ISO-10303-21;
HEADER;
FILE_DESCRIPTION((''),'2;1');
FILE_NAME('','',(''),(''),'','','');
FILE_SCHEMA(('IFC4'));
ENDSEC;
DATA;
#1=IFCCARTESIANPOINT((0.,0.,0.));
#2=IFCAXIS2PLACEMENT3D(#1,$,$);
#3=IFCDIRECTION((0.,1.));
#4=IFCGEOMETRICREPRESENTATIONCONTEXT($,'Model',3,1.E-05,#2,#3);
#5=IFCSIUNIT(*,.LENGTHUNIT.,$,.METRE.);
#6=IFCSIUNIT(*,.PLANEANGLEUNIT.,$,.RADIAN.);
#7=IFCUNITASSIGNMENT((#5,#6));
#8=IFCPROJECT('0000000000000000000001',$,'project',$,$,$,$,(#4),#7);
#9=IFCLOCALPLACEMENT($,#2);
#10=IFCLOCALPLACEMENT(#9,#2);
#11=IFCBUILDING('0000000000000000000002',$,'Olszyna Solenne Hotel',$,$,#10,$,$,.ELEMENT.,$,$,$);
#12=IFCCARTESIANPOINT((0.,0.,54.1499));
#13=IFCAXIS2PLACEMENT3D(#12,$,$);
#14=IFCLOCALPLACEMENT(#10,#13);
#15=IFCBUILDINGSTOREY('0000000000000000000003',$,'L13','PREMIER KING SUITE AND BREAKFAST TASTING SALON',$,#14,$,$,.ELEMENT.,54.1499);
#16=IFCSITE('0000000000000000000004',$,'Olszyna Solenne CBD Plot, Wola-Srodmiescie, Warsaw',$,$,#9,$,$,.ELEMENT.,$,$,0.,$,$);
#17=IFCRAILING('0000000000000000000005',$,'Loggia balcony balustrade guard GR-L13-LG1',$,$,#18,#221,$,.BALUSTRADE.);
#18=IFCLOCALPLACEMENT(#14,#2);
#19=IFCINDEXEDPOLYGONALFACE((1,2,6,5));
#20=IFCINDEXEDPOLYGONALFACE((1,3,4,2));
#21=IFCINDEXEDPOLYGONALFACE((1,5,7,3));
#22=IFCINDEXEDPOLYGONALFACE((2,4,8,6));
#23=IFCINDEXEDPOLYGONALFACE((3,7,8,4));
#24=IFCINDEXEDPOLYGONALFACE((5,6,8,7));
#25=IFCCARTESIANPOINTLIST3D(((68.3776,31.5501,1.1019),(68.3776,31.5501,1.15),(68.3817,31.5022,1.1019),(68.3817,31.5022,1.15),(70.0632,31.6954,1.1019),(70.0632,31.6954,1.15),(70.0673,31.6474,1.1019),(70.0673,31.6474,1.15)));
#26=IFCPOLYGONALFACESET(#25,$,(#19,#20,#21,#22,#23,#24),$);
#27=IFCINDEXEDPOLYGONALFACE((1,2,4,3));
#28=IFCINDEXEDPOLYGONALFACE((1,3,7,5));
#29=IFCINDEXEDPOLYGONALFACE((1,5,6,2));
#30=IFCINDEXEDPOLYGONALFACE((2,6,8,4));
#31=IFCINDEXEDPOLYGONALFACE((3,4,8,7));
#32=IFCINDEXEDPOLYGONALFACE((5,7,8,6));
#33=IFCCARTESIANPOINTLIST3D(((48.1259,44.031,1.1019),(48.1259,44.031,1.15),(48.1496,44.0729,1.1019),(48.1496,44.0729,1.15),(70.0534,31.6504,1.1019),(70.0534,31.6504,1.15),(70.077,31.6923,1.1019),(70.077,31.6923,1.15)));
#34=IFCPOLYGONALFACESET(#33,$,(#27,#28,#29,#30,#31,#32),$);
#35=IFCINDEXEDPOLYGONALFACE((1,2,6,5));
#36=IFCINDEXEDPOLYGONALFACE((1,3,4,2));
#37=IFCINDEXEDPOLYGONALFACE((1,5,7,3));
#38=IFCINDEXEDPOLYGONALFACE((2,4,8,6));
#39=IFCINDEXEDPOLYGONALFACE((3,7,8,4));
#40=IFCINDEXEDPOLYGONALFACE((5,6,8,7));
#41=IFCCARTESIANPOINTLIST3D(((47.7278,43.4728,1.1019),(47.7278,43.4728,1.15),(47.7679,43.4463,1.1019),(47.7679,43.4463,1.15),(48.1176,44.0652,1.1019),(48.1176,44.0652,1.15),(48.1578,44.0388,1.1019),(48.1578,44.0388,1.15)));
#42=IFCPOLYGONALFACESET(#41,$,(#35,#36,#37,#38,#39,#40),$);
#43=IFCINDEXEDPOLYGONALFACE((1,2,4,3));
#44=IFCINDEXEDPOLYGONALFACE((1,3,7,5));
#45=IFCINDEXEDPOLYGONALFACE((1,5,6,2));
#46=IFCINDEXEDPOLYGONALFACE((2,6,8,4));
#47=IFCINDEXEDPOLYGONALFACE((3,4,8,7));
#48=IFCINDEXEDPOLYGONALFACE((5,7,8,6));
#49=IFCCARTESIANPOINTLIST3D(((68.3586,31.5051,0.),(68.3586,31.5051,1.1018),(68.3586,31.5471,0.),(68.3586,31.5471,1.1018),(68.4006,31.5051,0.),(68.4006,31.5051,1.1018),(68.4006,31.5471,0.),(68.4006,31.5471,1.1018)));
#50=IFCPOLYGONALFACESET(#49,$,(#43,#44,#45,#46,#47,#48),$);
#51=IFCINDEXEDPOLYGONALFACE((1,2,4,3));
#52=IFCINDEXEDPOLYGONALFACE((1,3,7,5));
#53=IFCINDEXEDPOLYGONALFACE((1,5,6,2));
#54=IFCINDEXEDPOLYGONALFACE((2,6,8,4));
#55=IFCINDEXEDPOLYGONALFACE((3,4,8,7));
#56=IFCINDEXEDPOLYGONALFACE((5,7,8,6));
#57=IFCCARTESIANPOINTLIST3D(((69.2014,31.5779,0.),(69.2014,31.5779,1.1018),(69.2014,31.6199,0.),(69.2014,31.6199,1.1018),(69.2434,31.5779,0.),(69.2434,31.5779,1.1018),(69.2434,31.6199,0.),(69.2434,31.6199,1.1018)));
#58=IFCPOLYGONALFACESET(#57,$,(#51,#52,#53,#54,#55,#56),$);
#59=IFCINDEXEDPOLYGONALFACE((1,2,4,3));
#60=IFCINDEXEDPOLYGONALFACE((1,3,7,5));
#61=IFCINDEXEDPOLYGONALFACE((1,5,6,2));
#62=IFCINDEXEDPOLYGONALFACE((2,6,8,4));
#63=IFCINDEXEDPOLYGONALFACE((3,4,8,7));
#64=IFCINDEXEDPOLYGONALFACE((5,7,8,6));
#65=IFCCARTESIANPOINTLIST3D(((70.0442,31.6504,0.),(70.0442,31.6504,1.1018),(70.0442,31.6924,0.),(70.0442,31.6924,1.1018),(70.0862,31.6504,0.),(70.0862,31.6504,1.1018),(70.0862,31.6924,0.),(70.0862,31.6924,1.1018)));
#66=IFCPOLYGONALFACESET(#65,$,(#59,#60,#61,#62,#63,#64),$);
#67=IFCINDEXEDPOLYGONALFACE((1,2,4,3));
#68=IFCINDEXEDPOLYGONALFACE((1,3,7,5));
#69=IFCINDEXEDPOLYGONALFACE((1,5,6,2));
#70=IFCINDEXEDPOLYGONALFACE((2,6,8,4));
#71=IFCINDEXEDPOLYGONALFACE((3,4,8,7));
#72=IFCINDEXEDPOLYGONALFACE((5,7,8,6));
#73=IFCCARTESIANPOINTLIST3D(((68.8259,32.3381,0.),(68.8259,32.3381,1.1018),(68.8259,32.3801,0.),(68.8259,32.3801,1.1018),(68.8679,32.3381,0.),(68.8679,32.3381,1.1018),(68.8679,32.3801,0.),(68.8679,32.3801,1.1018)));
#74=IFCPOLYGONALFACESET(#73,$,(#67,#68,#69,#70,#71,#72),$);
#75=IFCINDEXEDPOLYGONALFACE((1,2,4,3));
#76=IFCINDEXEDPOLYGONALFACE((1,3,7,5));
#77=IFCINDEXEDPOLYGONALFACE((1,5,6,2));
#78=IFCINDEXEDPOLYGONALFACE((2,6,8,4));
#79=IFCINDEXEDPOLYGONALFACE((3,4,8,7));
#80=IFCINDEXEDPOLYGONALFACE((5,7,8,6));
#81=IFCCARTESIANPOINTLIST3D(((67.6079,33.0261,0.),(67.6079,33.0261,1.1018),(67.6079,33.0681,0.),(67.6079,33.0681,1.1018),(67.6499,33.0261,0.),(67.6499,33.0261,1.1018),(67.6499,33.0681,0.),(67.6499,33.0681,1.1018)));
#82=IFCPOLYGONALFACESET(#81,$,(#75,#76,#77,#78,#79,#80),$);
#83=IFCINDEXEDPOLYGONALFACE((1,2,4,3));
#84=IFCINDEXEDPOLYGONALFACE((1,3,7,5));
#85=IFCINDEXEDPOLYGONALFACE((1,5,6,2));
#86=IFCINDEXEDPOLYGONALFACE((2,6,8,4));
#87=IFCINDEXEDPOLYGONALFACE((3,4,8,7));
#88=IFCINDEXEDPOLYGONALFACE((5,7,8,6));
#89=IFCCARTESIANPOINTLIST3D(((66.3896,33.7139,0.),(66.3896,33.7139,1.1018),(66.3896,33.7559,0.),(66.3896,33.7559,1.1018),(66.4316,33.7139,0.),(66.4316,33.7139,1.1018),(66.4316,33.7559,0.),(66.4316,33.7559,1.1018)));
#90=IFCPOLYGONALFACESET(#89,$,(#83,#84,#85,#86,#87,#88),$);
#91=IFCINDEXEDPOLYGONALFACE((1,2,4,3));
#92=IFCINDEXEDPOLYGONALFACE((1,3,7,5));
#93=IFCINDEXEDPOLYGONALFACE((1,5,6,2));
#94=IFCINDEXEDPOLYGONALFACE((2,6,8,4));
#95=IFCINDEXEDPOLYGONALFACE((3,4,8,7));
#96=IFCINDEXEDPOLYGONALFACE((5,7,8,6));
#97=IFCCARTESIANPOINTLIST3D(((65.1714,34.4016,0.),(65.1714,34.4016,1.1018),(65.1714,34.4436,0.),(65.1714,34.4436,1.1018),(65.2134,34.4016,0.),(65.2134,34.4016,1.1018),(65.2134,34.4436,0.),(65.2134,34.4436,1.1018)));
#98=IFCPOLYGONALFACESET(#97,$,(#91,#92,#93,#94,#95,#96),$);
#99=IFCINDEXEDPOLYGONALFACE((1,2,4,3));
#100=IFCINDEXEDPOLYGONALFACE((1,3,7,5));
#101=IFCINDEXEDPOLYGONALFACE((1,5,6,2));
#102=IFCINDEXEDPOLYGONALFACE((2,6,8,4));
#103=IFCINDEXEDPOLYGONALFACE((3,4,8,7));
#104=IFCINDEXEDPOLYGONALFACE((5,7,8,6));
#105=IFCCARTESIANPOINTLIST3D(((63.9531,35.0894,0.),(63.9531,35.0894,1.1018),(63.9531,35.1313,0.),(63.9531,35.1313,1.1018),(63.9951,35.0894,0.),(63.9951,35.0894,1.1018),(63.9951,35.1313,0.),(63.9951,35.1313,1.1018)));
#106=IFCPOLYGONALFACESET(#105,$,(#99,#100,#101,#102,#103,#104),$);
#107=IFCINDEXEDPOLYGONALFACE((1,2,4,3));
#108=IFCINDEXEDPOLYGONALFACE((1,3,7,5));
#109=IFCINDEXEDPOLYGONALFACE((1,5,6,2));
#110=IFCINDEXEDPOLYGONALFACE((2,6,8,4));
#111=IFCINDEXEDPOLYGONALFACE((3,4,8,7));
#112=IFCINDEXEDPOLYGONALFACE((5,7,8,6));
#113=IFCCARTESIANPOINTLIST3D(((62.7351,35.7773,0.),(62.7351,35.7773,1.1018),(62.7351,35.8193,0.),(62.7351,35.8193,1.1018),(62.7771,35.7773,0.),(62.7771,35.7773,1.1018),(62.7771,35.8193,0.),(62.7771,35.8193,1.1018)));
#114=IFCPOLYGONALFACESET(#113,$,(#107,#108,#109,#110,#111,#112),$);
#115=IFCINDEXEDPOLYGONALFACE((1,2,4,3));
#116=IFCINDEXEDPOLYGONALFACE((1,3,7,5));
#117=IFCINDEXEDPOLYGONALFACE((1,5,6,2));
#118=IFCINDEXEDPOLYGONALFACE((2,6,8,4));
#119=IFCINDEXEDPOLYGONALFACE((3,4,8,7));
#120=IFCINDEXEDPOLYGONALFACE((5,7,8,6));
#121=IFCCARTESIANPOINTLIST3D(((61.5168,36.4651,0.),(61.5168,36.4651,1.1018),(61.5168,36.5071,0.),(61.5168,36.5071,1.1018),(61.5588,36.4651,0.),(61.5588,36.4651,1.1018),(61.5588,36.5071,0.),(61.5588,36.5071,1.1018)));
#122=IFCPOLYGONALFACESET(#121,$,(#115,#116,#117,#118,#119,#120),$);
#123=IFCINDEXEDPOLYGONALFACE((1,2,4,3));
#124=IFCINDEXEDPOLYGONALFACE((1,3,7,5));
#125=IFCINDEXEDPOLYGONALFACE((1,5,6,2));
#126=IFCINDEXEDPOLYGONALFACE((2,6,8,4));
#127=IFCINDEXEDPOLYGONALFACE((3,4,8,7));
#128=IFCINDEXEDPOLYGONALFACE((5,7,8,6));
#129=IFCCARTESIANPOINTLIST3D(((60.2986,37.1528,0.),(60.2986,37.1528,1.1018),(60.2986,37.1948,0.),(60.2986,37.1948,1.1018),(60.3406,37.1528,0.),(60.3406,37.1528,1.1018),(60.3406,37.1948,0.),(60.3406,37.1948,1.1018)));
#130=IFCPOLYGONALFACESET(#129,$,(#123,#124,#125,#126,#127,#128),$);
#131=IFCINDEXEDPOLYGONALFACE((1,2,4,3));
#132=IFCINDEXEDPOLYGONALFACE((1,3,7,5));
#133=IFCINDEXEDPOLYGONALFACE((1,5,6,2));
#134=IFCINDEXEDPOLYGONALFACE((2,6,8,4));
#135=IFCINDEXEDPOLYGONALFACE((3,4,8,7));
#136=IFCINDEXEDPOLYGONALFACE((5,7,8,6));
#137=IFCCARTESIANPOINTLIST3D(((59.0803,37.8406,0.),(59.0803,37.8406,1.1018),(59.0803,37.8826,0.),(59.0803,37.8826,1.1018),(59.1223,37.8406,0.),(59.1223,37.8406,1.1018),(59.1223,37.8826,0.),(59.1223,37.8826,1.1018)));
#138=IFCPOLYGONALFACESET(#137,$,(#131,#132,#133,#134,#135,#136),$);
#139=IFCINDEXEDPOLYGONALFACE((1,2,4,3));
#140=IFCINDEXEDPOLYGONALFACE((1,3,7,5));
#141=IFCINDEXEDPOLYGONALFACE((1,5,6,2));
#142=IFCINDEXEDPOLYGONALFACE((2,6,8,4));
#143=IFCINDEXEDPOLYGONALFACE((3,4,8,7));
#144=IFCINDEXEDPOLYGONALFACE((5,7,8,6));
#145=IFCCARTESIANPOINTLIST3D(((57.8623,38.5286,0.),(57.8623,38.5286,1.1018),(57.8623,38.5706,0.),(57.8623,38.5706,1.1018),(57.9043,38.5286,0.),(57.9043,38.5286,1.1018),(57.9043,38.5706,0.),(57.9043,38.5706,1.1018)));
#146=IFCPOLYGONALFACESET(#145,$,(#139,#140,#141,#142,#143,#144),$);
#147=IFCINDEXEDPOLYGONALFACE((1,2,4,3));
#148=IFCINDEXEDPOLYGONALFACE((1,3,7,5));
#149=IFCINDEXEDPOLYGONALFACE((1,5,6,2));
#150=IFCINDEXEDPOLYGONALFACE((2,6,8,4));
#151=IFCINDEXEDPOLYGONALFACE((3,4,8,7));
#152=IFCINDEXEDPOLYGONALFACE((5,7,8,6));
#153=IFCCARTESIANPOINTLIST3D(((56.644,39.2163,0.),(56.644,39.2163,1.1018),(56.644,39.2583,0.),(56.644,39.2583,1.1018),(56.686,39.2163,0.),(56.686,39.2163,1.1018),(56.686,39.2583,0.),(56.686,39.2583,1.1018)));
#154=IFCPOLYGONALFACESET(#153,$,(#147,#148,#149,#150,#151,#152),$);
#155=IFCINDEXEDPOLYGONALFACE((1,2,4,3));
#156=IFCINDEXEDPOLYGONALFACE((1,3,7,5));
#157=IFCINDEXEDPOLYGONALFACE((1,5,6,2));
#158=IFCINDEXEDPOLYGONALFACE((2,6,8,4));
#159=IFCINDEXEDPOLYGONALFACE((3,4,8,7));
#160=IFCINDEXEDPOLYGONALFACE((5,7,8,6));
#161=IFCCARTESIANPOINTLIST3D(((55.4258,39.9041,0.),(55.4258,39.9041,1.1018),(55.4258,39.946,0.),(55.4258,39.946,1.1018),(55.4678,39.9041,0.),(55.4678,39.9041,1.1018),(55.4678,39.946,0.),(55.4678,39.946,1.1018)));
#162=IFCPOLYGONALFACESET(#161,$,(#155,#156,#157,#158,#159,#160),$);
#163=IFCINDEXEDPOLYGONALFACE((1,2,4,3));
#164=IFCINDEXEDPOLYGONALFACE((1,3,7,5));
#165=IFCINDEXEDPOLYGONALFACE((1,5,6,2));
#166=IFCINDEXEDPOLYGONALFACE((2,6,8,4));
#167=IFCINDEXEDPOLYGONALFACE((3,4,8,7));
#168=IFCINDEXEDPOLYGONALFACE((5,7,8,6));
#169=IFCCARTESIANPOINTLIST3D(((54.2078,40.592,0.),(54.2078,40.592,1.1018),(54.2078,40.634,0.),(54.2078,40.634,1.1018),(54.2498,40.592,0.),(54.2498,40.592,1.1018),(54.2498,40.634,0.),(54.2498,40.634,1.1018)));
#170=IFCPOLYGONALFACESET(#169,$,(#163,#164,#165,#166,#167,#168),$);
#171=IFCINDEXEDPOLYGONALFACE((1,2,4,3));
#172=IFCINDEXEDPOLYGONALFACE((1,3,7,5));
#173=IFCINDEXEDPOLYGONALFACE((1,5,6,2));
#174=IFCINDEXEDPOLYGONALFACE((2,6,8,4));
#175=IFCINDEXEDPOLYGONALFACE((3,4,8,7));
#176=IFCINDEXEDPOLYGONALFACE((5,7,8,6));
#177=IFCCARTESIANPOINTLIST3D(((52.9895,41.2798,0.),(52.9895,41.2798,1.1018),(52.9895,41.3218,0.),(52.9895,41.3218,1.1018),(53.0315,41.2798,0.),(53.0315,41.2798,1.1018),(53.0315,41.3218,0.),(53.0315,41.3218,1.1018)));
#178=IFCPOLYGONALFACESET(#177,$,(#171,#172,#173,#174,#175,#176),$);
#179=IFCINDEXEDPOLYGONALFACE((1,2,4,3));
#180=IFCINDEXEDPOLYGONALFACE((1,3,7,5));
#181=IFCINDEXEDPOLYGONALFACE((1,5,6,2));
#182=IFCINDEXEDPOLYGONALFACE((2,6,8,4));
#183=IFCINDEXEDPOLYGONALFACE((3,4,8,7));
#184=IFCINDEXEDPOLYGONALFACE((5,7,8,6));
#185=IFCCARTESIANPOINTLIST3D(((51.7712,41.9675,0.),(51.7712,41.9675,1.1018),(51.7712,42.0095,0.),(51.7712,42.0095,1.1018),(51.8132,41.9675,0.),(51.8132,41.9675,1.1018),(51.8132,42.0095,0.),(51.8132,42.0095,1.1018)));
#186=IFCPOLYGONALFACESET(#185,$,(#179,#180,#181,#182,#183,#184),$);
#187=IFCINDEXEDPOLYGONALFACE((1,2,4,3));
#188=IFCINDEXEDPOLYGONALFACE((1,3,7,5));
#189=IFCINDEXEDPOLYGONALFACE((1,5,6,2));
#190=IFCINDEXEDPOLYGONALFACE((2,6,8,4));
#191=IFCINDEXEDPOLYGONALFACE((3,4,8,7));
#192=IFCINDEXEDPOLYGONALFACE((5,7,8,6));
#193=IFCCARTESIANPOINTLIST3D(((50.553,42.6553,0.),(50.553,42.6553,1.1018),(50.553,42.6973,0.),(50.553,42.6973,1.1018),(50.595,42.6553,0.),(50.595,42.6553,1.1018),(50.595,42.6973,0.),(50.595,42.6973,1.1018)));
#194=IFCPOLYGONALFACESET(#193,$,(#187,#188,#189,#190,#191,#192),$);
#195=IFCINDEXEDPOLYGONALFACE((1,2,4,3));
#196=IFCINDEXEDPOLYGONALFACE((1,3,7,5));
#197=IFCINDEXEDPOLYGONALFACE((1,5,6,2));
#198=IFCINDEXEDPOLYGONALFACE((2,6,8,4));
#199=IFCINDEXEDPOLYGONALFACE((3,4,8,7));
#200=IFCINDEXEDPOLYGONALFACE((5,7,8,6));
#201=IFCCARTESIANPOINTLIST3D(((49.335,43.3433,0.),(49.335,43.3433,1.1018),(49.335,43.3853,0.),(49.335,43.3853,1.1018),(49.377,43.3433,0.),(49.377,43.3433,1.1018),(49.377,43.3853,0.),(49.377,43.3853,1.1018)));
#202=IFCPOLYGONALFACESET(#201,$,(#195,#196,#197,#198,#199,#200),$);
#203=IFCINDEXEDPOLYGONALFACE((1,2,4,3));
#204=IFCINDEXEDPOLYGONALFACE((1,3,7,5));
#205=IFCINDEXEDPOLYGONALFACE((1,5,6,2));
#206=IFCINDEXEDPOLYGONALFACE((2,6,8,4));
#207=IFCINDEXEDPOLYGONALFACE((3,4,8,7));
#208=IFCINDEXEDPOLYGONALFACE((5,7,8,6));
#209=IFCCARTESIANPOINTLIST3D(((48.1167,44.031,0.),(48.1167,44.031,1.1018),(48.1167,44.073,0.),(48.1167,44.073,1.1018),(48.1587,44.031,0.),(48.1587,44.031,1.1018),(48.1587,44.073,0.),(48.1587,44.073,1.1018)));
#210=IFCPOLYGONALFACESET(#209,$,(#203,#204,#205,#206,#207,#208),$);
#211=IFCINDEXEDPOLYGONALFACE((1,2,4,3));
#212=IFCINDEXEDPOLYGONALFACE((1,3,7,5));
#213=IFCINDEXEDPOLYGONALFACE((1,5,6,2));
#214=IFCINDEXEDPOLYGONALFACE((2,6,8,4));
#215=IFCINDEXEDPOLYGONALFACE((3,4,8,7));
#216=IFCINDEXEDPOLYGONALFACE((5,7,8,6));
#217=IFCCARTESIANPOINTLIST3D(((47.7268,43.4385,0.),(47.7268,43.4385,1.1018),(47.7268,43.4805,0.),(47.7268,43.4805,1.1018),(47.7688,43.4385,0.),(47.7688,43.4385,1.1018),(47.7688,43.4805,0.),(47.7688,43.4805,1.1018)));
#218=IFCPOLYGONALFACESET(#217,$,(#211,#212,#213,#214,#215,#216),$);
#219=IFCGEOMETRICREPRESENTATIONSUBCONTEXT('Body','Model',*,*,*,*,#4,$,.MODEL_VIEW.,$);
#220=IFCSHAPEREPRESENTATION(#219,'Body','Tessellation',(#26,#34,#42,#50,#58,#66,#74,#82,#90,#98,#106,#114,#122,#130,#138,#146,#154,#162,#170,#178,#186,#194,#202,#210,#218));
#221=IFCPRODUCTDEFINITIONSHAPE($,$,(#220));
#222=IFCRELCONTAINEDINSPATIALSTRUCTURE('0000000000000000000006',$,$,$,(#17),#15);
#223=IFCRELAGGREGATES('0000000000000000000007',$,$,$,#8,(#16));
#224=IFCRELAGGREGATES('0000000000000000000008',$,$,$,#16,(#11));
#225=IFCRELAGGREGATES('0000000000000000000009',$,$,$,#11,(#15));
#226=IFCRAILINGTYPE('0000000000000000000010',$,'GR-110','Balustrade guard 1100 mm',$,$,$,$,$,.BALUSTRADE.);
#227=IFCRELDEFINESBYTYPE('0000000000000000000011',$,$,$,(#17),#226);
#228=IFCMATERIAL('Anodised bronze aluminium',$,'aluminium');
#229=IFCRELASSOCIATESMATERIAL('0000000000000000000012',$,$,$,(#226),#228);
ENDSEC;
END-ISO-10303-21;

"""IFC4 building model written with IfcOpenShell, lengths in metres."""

from ifc_helpers import new_model, si_unit, direction, frame, origin, origin_2d, place, context, subcontext, project, spatial, rectangle, extrude, material, type_object, element, save


model = new_model("IFC4")

# Units and contexts
model_context = context("Model", 3, precision=1e-05, world=origin(), true_north=direction((0.0, 1.0)))
body_context = subcontext(model_context, "Body", "Model", "MODEL_VIEW")
ifc_project = project(units=[si_unit("LENGTHUNIT", "METRE"), si_unit("PLANEANGLEUNIT", "RADIAN")], contexts=[model_context])

# Site, building, storey
site_placement = place(None, origin())
site = spatial("IfcSite", under=ifc_project, at=site_placement, Name="Olszyna Solenne CBD Plot, Wola-Srodmiescie, Warsaw", CompositionType="ELEMENT", RefElevation=0.0)
building_placement = place(site_placement, origin())
building = spatial("IfcBuilding", under=site, at=building_placement, Name="Olszyna Solenne Hotel", CompositionType="ELEMENT")
storey_placement = place(building_placement, frame((0.0, 0.0, 54.1499)))
storey = spatial("IfcBuildingStorey", under=building, at=storey_placement, Name="L13", Description="PREMIER KING SUITE AND BREAKFAST TASTING SALON", CompositionType="ELEMENT", Elevation=54.1499)

# Shared definitions
ifc_material_1 = material(Name="Anodised bronze aluminium", Category="aluminium")

# Railing
railing_type = type_object("IfcRailingType", Name="GR-110", Description="Balustrade guard 1100 mm", PredefinedType="BALUSTRADE", material=ifc_material_1)
railing_placement = place(storey_placement, frame((68.3796, 31.5261, 0.0)))
element("IfcRailing", 1, at=railing_placement, inside=storey, type_object=railing_type, Name="Loggia balcony balustrade guard GR-L13-LG1", PredefinedType="BALUSTRADE", context=body_context, shape_type="SweptSolid", body=[
    extrude(rectangle(XDim=0.0481, YDim=0.0481, at=origin_2d()), frame((0.0, 0.0, 1.126), z_axis=(0.996307, 0.085864, 0.0), x_axis=(-0.085864, 0.996307, 0.0)), (0.0, 0.0, 1.0), 1.6919),
    extrude(rectangle(XDim=0.0481, YDim=0.0481, at=origin_2d()), frame((1.6855, 0.1453, 1.126), z_axis=(-0.870787, 0.49166, 0.0), x_axis=(-0.49166, -0.870787, 0.0)), (0.0, 0.0, 1.0), 25.1812),
    extrude(rectangle(XDim=0.0481, YDim=0.0481, at=origin_2d()), frame((-20.2419, 12.5259, 1.126), z_axis=(-0.549686, -0.835371, 0.0), x_axis=(0.835371, -0.549686, 0.0)), (0.0, 0.0, 1.0), 0.7092),
    extrude(rectangle(XDim=0.042, YDim=0.042, at=origin_2d()), origin(), (0.0, 0.0, 1.0), 1.1018),
    extrude(rectangle(XDim=0.042, YDim=0.042, at=origin_2d()), frame((0.8428, 0.0728, 0.0)), (0.0, 0.0, 1.0), 1.1018),
    extrude(rectangle(XDim=0.042, YDim=0.042, at=origin_2d()), frame((1.6855, 0.1453, 0.0)), (0.0, 0.0, 1.0), 1.1018),
    extrude(rectangle(XDim=0.042, YDim=0.042, at=origin_2d()), frame((0.4673, 0.833, 0.0)), (0.0, 0.0, 1.0), 1.1018),
    extrude(rectangle(XDim=0.042, YDim=0.042, at=origin_2d()), frame((-0.7507, 1.521, 0.0)), (0.0, 0.0, 1.0), 1.1018),
    extrude(rectangle(XDim=0.042, YDim=0.042, at=origin_2d()), frame((-1.969, 2.2087, 0.0)), (0.0, 0.0, 1.0), 1.1018),
    extrude(rectangle(XDim=0.042, YDim=0.042, at=origin_2d()), frame((-3.1873, 2.8965, 0.0)), (0.0, 0.0, 1.0), 1.1018),
    extrude(rectangle(XDim=0.042, YDim=0.042, at=origin_2d()), frame((-4.4055, 3.5842, 0.0)), (0.0, 0.0, 1.0), 1.1018),
    extrude(rectangle(XDim=0.042, YDim=0.042, at=origin_2d()), frame((-5.6235, 4.2722, 0.0)), (0.0, 0.0, 1.0), 1.1018),
    extrude(rectangle(XDim=0.042, YDim=0.042, at=origin_2d()), frame((-6.8418, 4.96, 0.0)), (0.0, 0.0, 1.0), 1.1018),
    extrude(rectangle(XDim=0.042, YDim=0.042, at=origin_2d()), frame((-8.0601, 5.6477, 0.0)), (0.0, 0.0, 1.0), 1.1018),
    extrude(rectangle(XDim=0.042, YDim=0.042, at=origin_2d()), frame((-9.2783, 6.3354, 0.0)), (0.0, 0.0, 1.0), 1.1018),
    extrude(rectangle(XDim=0.042, YDim=0.042, at=origin_2d()), frame((-10.4963, 7.0234, 0.0)), (0.0, 0.0, 1.0), 1.1018),
    extrude(rectangle(XDim=0.042, YDim=0.042, at=origin_2d()), frame((-11.7146, 7.7112, 0.0)), (0.0, 0.0, 1.0), 1.1018),
    extrude(rectangle(XDim=0.042, YDim=0.042, at=origin_2d()), frame((-12.9329, 8.3989, 0.0)), (0.0, 0.0, 1.0), 1.1018),
    extrude(rectangle(XDim=0.042, YDim=0.042, at=origin_2d()), frame((-14.1509, 9.0869, 0.0)), (0.0, 0.0, 1.0), 1.1018),
    extrude(rectangle(XDim=0.042, YDim=0.042, at=origin_2d()), frame((-15.3691, 9.7747, 0.0)), (0.0, 0.0, 1.0), 1.1018),
    extrude(rectangle(XDim=0.042, YDim=0.042, at=origin_2d()), frame((-16.5874, 10.4624, 0.0)), (0.0, 0.0, 1.0), 1.1018),
    extrude(rectangle(XDim=0.042, YDim=0.042, at=origin_2d()), frame((-17.8057, 11.1501, 0.0)), (0.0, 0.0, 1.0), 1.1018),
    extrude(rectangle(XDim=0.042, YDim=0.042, at=origin_2d()), frame((-19.0237, 11.8381, 0.0)), (0.0, 0.0, 1.0), 1.1018),
    extrude(rectangle(XDim=0.042, YDim=0.042, at=origin_2d()), frame((-20.2419, 12.5259, 0.0)), (0.0, 0.0, 1.0), 1.1018),
    extrude(rectangle(XDim=0.042, YDim=0.042, at=origin_2d()), frame((-20.6318, 11.9333, 0.0)), (0.0, 0.0, 1.0), 1.1018),
])

save(model, "model.ifc")
